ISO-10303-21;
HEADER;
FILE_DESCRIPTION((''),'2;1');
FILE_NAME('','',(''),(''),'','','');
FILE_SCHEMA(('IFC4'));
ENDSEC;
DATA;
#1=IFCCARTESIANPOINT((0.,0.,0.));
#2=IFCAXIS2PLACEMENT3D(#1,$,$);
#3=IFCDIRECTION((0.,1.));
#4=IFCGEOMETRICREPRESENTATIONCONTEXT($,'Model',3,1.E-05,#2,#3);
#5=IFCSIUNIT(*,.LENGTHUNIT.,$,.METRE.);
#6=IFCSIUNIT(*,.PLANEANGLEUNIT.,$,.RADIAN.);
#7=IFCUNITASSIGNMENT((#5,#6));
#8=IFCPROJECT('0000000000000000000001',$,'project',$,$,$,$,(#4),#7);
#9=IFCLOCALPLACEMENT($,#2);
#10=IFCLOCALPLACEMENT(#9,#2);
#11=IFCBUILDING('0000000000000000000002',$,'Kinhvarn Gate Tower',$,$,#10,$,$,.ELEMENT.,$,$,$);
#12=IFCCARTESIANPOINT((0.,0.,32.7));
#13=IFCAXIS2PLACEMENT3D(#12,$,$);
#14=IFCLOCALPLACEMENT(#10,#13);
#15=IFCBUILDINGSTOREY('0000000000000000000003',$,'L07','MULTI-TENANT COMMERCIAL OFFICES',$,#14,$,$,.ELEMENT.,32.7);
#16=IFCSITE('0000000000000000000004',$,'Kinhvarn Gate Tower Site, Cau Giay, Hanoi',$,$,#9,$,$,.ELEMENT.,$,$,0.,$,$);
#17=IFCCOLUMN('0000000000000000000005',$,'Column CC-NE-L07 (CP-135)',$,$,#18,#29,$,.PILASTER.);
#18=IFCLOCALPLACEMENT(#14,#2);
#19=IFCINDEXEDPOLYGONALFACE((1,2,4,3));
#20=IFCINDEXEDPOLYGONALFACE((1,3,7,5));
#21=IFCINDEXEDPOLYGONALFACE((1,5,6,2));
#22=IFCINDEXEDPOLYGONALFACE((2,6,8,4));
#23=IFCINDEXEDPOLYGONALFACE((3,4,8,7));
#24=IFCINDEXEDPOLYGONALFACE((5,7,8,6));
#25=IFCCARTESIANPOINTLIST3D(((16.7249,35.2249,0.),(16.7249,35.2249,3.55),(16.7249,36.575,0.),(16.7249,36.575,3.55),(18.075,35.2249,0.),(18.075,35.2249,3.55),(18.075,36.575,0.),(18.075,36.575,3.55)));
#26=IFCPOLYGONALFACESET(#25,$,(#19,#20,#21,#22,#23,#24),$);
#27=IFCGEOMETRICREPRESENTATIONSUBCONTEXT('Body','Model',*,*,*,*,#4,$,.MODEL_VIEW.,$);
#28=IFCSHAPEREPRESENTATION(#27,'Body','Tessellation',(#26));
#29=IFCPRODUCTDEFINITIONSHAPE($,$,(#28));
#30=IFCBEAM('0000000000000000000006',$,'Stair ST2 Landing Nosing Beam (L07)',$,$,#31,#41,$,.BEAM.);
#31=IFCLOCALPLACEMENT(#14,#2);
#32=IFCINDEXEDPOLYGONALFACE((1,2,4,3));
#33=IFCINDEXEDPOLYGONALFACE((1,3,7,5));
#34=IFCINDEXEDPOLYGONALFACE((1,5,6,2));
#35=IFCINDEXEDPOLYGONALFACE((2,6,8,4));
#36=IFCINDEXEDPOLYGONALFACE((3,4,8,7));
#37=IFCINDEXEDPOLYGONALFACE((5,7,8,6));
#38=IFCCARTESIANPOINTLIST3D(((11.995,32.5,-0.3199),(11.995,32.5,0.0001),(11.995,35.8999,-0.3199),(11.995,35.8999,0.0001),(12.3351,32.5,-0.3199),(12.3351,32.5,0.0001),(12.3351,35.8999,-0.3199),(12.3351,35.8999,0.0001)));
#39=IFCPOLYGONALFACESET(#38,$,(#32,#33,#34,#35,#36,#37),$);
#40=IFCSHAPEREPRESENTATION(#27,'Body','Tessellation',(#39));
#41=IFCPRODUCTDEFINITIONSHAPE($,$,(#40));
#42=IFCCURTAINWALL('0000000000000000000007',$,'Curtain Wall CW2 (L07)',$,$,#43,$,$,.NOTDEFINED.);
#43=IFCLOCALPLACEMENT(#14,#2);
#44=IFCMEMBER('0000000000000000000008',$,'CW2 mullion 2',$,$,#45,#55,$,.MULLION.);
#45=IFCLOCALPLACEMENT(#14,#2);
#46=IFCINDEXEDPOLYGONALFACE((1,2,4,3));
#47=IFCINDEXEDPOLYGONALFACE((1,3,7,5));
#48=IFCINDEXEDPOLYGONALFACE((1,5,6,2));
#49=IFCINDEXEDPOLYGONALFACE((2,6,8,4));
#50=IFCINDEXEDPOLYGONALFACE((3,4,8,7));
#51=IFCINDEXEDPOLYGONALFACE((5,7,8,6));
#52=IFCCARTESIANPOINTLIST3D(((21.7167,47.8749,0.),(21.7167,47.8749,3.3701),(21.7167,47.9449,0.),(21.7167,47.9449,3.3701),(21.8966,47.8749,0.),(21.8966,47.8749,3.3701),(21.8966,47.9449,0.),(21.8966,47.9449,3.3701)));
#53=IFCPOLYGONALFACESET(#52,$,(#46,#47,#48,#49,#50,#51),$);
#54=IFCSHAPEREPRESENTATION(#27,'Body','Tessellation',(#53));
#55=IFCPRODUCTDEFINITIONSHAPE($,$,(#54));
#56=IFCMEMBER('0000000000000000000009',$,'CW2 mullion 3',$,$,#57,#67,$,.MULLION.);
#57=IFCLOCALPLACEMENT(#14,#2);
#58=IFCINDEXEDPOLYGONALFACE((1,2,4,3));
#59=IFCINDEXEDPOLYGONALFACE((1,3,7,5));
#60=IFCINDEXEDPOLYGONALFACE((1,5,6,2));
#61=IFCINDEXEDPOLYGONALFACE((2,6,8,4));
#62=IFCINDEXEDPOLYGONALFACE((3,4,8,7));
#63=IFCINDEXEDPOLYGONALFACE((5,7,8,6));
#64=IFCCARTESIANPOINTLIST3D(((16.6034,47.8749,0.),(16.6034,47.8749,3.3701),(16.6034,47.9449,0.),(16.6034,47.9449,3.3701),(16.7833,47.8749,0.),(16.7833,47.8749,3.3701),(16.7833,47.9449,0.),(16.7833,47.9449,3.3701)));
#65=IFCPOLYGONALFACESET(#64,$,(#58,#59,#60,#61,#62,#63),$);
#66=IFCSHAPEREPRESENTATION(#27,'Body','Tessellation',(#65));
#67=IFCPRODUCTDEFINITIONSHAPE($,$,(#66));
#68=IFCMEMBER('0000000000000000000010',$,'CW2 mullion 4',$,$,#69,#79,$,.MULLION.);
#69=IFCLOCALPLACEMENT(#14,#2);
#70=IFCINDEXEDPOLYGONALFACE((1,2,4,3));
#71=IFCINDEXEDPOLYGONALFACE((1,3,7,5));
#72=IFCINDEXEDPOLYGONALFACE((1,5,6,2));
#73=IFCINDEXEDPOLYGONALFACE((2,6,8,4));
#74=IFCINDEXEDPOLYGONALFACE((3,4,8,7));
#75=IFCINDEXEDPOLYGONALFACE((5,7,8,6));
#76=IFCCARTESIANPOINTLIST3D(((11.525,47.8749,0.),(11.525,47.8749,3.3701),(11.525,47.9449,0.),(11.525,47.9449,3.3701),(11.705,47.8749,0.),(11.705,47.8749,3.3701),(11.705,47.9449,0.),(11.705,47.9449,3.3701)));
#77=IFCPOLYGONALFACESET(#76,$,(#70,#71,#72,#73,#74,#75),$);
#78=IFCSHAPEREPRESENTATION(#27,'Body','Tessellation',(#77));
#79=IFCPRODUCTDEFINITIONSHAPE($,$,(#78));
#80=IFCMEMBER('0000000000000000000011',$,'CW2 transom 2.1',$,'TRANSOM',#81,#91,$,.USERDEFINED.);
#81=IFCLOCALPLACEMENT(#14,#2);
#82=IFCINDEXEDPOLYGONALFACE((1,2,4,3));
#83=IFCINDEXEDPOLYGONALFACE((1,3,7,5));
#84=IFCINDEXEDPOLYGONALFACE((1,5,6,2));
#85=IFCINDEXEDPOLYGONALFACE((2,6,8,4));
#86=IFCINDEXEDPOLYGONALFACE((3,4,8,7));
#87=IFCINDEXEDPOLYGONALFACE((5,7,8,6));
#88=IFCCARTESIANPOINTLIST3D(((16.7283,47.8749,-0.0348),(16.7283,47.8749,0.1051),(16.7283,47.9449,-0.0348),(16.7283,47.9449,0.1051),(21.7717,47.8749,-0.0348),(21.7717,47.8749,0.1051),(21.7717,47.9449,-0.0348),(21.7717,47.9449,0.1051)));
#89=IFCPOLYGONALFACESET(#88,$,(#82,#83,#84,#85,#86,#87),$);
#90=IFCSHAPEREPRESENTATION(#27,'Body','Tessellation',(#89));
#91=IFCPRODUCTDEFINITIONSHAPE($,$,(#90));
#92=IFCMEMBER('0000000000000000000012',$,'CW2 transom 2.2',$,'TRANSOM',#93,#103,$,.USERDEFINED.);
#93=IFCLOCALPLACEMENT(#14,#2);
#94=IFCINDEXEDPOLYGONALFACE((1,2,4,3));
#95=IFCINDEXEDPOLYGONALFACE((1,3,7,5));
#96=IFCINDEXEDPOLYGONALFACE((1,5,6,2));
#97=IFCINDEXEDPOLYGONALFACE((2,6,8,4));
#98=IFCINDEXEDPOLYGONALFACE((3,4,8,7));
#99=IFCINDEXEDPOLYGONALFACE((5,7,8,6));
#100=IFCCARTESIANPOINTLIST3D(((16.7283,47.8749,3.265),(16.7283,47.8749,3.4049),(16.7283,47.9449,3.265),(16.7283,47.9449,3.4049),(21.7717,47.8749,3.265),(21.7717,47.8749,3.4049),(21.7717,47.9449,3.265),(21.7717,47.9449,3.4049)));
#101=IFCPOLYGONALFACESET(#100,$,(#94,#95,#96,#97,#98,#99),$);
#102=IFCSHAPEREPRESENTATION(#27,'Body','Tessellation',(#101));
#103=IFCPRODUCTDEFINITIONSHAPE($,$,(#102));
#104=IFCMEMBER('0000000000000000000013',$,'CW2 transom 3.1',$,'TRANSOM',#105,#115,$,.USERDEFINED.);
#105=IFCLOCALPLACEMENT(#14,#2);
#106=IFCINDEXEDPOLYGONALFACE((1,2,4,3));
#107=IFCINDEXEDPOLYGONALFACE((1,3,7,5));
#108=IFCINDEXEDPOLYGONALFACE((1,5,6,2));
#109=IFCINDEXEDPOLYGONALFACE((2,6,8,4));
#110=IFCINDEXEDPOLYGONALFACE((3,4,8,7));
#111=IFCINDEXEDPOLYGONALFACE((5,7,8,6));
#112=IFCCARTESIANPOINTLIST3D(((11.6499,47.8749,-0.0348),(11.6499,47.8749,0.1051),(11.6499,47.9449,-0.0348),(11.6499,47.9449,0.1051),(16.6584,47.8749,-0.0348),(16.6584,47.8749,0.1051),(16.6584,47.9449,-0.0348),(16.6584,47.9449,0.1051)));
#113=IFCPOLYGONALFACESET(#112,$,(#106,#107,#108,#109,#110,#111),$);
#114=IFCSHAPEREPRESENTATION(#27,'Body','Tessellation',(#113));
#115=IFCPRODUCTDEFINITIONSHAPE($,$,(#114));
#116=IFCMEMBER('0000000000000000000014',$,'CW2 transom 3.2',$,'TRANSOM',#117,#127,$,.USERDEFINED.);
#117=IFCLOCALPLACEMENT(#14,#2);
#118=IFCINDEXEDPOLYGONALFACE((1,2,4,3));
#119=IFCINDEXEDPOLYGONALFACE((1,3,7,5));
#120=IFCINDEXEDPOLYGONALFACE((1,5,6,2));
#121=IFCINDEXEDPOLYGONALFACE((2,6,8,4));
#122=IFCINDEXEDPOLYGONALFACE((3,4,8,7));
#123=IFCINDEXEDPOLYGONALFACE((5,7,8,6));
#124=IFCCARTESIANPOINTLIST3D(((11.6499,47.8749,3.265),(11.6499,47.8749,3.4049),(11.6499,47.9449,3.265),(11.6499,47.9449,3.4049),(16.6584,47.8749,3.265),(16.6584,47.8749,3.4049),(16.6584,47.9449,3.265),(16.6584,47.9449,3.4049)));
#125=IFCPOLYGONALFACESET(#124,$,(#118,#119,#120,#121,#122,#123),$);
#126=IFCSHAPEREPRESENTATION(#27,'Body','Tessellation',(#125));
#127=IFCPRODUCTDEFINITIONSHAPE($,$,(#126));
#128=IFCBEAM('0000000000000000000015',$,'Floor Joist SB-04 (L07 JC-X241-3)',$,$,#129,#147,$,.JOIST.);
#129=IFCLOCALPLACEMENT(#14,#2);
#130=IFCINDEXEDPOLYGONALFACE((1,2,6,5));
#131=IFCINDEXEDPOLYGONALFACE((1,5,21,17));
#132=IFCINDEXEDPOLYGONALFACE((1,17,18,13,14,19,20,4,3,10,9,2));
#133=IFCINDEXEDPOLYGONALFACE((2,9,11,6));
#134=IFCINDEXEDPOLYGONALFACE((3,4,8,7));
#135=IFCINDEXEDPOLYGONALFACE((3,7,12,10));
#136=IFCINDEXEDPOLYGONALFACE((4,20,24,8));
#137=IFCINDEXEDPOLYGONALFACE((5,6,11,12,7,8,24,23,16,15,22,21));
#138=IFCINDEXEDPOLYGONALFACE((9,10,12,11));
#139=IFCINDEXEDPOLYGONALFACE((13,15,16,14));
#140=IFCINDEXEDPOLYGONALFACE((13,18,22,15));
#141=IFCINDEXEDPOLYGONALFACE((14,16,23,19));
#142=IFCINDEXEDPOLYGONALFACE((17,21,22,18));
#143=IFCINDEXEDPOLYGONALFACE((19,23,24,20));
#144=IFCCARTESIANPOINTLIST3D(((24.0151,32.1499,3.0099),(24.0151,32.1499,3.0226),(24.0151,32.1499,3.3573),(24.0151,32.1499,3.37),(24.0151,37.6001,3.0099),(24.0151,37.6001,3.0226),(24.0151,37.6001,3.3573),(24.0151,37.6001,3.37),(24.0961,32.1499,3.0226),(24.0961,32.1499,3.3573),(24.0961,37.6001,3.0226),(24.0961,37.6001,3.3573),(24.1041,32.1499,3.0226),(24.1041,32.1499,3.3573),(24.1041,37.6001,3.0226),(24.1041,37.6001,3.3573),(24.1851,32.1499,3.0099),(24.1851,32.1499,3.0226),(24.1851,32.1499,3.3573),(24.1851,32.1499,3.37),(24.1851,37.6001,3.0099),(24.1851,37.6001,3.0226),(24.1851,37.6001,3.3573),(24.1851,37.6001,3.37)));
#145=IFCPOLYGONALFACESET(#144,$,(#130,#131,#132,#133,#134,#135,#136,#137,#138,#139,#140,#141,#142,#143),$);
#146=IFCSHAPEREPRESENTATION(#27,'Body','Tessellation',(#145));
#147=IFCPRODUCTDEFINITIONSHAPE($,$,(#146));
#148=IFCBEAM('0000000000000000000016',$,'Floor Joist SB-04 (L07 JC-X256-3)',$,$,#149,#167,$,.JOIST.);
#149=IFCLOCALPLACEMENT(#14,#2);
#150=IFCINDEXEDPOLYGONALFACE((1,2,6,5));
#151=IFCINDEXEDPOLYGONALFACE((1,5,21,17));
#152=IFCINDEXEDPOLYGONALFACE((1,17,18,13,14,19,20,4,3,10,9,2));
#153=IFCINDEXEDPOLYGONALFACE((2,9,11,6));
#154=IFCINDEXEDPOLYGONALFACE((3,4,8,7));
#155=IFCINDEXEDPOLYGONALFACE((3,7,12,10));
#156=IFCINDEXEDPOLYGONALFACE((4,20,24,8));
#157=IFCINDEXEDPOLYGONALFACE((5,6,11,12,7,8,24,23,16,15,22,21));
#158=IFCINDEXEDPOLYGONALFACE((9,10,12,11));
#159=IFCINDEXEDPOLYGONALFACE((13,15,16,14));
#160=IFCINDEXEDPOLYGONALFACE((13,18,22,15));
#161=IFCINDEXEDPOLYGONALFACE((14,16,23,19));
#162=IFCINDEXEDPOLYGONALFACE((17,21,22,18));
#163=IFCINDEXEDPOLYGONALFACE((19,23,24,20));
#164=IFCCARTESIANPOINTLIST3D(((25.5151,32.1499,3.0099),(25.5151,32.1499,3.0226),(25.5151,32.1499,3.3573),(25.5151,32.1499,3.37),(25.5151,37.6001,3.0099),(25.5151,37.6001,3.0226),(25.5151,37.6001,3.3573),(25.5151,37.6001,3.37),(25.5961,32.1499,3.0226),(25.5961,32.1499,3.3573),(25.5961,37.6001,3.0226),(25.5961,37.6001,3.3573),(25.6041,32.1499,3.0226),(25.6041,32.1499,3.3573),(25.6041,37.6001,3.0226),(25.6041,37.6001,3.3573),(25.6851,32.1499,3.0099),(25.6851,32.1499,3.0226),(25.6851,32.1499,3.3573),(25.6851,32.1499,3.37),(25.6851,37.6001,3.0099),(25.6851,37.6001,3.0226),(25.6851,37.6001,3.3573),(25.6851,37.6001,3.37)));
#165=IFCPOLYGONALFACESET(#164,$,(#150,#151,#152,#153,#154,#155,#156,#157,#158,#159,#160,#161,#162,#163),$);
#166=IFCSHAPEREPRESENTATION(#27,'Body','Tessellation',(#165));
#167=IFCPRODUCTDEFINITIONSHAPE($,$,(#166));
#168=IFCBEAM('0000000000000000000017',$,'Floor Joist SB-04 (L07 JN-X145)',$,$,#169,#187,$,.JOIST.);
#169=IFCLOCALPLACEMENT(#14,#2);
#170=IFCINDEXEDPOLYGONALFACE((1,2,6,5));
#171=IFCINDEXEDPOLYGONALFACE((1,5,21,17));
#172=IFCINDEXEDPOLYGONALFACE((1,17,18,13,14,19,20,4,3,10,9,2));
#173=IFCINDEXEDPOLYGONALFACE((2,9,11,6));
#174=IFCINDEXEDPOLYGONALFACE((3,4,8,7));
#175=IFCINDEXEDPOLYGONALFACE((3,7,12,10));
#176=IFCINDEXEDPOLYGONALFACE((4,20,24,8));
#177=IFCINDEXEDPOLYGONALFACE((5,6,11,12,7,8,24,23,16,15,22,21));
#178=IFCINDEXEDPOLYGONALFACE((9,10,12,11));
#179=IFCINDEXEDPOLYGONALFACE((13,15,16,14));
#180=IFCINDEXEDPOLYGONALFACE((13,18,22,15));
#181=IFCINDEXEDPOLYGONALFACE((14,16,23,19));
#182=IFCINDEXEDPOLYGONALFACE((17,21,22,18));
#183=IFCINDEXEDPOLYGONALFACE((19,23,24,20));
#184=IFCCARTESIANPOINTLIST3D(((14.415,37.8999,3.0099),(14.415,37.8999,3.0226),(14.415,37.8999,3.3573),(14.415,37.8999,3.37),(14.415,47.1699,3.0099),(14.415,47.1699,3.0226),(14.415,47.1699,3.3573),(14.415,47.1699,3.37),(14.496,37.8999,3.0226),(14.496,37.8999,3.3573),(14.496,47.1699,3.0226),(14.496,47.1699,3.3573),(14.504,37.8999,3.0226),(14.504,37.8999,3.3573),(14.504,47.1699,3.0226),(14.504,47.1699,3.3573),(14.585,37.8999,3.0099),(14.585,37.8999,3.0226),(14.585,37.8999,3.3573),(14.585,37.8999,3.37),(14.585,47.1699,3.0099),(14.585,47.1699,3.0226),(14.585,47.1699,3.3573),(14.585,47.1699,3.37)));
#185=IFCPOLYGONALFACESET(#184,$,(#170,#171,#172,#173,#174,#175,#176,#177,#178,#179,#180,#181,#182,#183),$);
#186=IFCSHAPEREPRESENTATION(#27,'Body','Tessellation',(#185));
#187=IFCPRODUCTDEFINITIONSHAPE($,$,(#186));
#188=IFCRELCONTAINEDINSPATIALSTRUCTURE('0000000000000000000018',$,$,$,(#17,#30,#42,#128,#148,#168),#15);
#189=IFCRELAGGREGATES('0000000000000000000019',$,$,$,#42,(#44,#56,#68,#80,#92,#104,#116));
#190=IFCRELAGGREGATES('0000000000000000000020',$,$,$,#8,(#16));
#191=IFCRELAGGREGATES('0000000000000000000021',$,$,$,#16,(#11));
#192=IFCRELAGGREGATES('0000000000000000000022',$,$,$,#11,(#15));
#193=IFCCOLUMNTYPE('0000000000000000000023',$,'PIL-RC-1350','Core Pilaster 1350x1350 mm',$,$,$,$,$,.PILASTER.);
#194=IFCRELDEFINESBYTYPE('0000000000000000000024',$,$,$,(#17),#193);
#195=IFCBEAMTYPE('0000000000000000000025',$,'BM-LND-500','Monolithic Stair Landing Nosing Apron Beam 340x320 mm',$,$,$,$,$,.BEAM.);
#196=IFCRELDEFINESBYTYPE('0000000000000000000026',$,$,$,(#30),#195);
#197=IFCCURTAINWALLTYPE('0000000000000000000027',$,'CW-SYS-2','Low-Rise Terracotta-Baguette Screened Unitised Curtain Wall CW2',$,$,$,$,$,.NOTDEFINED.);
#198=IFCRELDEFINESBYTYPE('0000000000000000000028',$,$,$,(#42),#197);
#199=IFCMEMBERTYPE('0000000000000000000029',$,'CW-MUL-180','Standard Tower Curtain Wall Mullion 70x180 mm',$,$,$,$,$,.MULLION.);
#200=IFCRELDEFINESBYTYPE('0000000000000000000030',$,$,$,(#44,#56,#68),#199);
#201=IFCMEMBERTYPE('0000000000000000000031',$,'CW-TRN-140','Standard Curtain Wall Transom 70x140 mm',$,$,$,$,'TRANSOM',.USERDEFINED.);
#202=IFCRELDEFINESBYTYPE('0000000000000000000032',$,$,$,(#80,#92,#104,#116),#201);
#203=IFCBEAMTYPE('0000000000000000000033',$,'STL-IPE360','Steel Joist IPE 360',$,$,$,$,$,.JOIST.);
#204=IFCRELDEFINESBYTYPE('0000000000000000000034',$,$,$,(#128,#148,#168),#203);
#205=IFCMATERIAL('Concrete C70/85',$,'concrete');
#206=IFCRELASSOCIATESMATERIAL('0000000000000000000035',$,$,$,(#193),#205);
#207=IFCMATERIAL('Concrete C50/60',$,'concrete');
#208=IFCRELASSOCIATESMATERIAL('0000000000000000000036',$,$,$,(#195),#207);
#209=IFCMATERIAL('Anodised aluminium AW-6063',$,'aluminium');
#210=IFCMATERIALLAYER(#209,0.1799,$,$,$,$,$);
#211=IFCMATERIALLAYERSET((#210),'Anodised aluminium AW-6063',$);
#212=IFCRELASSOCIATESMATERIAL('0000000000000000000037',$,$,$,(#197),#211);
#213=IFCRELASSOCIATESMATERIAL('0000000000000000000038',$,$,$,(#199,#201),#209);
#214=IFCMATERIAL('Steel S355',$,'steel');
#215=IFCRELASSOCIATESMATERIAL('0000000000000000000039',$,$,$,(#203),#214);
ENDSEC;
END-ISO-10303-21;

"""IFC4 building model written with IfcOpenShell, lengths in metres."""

from ifc_helpers import new_model, si_unit, direction, frame, origin, origin_2d, place, context, subcontext, project, spatial, rectangle, i_section, extrude, material, layer, layer_set, material_profile, profile_set, type_object, element, aggregate, save


model = new_model("IFC4")

# Units and contexts
model_context = context("Model", 3, precision=1e-05, world=origin(), true_north=direction((0.0, 1.0)))
body_context = subcontext(model_context, "Body", "Model", "MODEL_VIEW")
ifc_project = project(units=[si_unit("LENGTHUNIT", "METRE"), si_unit("PLANEANGLEUNIT", "RADIAN")], contexts=[model_context])

# Site, building, storey
site_placement = place(None, origin())
site = spatial("IfcSite", under=ifc_project, at=site_placement, Name="Kinhvarn Gate Tower Site, Cau Giay, Hanoi", CompositionType="ELEMENT", RefElevation=0.0)
building_placement = place(site_placement, origin())
building = spatial("IfcBuilding", under=site, at=building_placement, Name="Kinhvarn Gate Tower", CompositionType="ELEMENT")
storey_placement = place(building_placement, frame((0.0, 0.0, 32.7)))
storey = spatial("IfcBuildingStorey", under=building, at=storey_placement, Name="L07", Description="MULTI-TENANT COMMERCIAL OFFICES", CompositionType="ELEMENT", Elevation=32.7)

# Column
ifc_material_1 = material(Name="Concrete C70/85", Category="concrete")
ifc_material_profile_1 = material_profile(ifc_material_1, rectangle(XDim=1.3501, YDim=1.3501, at=origin_2d()), Name="RC 1350x1350")
ifc_profile_set_1 = profile_set([ifc_material_profile_1], Name="Concrete C70/85")
column_type = type_object("IfcColumnType", Name="PIL-RC-1350", Description="Core Pilaster 1350x1350 mm", PredefinedType="PILASTER", material=ifc_profile_set_1)
column_placement = place(storey_placement, frame((17.3999, 35.8999, 0.0), z_axis=(0.0, 0.0, 1.0), x_axis=(1.0, 0.0, 0.0)))
element("IfcColumn", 1, at=column_placement, inside=storey, type_object=column_type, Name="Column CC-NE-L07 (CP-135)", PredefinedType="PILASTER", context=body_context, shape_type="SweptSolid", body=[
    extrude(rectangle(XDim=1.3501, YDim=1.3501, at=origin_2d()), origin(), (0.0, 0.0, 1.0), 3.55),
])

# Beam
ifc_material_2 = material(Name="Concrete C50/60", Category="concrete")
ifc_material_profile_2 = material_profile(ifc_material_2, rectangle(XDim=0.3401, YDim=0.3201, at=origin_2d()), Name="RC 340x320")
ifc_profile_set_2 = profile_set([ifc_material_profile_2], Name="Concrete C50/60")
beam_type_1 = type_object("IfcBeamType", Name="BM-LND-500", Description="Monolithic Stair Landing Nosing Apron Beam 340x320 mm", PredefinedType="BEAM", material=ifc_profile_set_2)
beam_placement = place(storey_placement, frame((12.165, 32.5, -0.1599), z_axis=(0.0, 1.0, 0.0), x_axis=(-1.0, 0.0, 0.0)))
element("IfcBeam", 2, at=beam_placement, inside=storey, type_object=beam_type_1, Name="Stair ST2 Landing Nosing Beam (L07)", PredefinedType="BEAM", context=body_context, shape_type="SweptSolid", body=[
    extrude(rectangle(XDim=0.3401, YDim=0.3201, at=origin_2d()), origin(), (0.0, 0.0, 1.0), 3.3999),
])

# Curtain wall, members
ifc_material_3 = material(Name="Anodised aluminium AW-6063", Category="aluminium")
ifc_layer_1 = layer(ifc_material_3, 0.1799)
ifc_layer_set_1 = layer_set([ifc_layer_1], Name="Anodised aluminium AW-6063")
curtain_wall_type = type_object("IfcCurtainWallType", Name="CW-SYS-2", Description="Low-Rise Terracotta-Baguette Screened Unitised Curtain Wall CW2", PredefinedType="NOTDEFINED", material=ifc_layer_set_1)
curtain_wall_placement = place(storey_placement, origin())
curtain_wall = element("IfcCurtainWall", 3, at=curtain_wall_placement, inside=storey, type_object=curtain_wall_type, Name="Curtain Wall CW2 (L07)", PredefinedType="NOTDEFINED")
ifc_material_profile_3 = material_profile(ifc_material_3, rectangle(XDim=0.0701, YDim=0.1799, at=origin_2d()), Name="ALU 70x180")
ifc_profile_set_3 = profile_set([ifc_material_profile_3], Name="Anodised aluminium AW-6063")
member_type_1 = type_object("IfcMemberType", Name="CW-MUL-180", Description="Standard Tower Curtain Wall Mullion 70x180 mm", PredefinedType="MULLION", material=ifc_profile_set_3)
member_1_placement = place(storey_placement, frame((21.8066, 47.9099, 0.0), z_axis=(0.0, 0.0, 1.0), x_axis=(0.0, -1.0, 0.0)))
member_1 = element("IfcMember", 4, at=member_1_placement, type_object=member_type_1, Name="CW2 mullion 2", PredefinedType="MULLION", context=body_context, shape_type="SweptSolid", body=[
    extrude(rectangle(XDim=0.0701, YDim=0.1799, at=origin_2d()), origin(), (0.0, 0.0, 1.0), 3.3701),
])
member_2_placement = place(storey_placement, frame((16.6934, 47.9099, 0.0), z_axis=(0.0, 0.0, 1.0), x_axis=(0.0, -1.0, 0.0)))
member_2 = element("IfcMember", 5, at=member_2_placement, type_object=member_type_1, Name="CW2 mullion 3", PredefinedType="MULLION", context=body_context, shape_type="SweptSolid", body=[
    extrude(rectangle(XDim=0.0701, YDim=0.1799, at=origin_2d()), origin(), (0.0, 0.0, 1.0), 3.3701),
])
member_3_placement = place(storey_placement, frame((11.615, 47.9099, 0.0), z_axis=(0.0, 0.0, 1.0), x_axis=(0.0, -1.0, 0.0)))
member_3 = element("IfcMember", 6, at=member_3_placement, type_object=member_type_1, Name="CW2 mullion 4", PredefinedType="MULLION", context=body_context, shape_type="SweptSolid", body=[
    extrude(rectangle(XDim=0.0701, YDim=0.1799, at=origin_2d()), origin(), (0.0, 0.0, 1.0), 3.3701),
])
ifc_material_profile_4 = material_profile(ifc_material_3, rectangle(XDim=0.0701, YDim=0.1399, at=origin_2d()), Name="ALU 70x140")
ifc_profile_set_4 = profile_set([ifc_material_profile_4], Name="Anodised aluminium AW-6063")
member_type_2 = type_object("IfcMemberType", Name="CW-TRN-140", Description="Standard Curtain Wall Transom 70x140 mm", ElementType="TRANSOM", PredefinedType="USERDEFINED", material=ifc_profile_set_4)
member_4_placement = place(storey_placement, frame((21.7717, 47.9099, 0.0352), z_axis=(-1.0, 0.0, 0.0), x_axis=(0.0, -1.0, 0.0)))
member_4 = element("IfcMember", 7, at=member_4_placement, type_object=member_type_2, Name="CW2 transom 2.1", ObjectType="TRANSOM", PredefinedType="USERDEFINED", context=body_context, shape_type="SweptSolid", body=[
    extrude(rectangle(XDim=0.0701, YDim=0.1399, at=origin_2d()), origin(), (0.0, 0.0, 1.0), 5.0435),
])
member_5_placement = place(storey_placement, frame((21.7717, 47.9099, 3.335), z_axis=(-1.0, 0.0, 0.0), x_axis=(0.0, -1.0, 0.0)))
member_5 = element("IfcMember", 8, at=member_5_placement, type_object=member_type_2, Name="CW2 transom 2.2", ObjectType="TRANSOM", PredefinedType="USERDEFINED", context=body_context, shape_type="SweptSolid", body=[
    extrude(rectangle(XDim=0.0701, YDim=0.1399, at=origin_2d()), origin(), (0.0, 0.0, 1.0), 5.0435),
])
member_6_placement = place(storey_placement, frame((16.6584, 47.9099, 0.0352), z_axis=(-1.0, 0.0, 0.0), x_axis=(0.0, -1.0, 0.0)))
member_6 = element("IfcMember", 9, at=member_6_placement, type_object=member_type_2, Name="CW2 transom 3.1", ObjectType="TRANSOM", PredefinedType="USERDEFINED", context=body_context, shape_type="SweptSolid", body=[
    extrude(rectangle(XDim=0.0701, YDim=0.1399, at=origin_2d()), origin(), (0.0, 0.0, 1.0), 5.0085),
])
member_7_placement = place(storey_placement, frame((16.6584, 47.9099, 3.335), z_axis=(-1.0, 0.0, 0.0), x_axis=(0.0, -1.0, 0.0)))
member_7 = element("IfcMember", 10, at=member_7_placement, type_object=member_type_2, Name="CW2 transom 3.2", ObjectType="TRANSOM", PredefinedType="USERDEFINED", context=body_context, shape_type="SweptSolid", body=[
    extrude(rectangle(XDim=0.0701, YDim=0.1399, at=origin_2d()), origin(), (0.0, 0.0, 1.0), 5.0085),
])

# Beams
ifc_material_4 = material(Name="Steel S355", Category="steel")
ifc_material_profile_5 = material_profile(ifc_material_4, i_section(OverallWidth=0.1699, OverallDepth=0.3601, WebThickness=0.0081, FlangeThickness=0.0127, at=origin_2d()), Name="IPE 360")
ifc_profile_set_5 = profile_set([ifc_material_profile_5], Name="Steel S355")
beam_type_2 = type_object("IfcBeamType", Name="STL-IPE360", Description="Steel Joist IPE 360", PredefinedType="JOIST", material=ifc_profile_set_5)
for number, where, z_axis, x_axis, name in (
    (11, (24.1001, 32.1499, 3.1899), (0.0, 1.0, 0.0), (-1.0, 0.0, 0.0), "Floor Joist SB-04 (L07 JC-X241-3)"),
    (12, (25.6001, 32.1499, 3.1899), (0.0, 1.0, 0.0), (-1.0, 0.0, 0.0), "Floor Joist SB-04 (L07 JC-X256-3)"),
):
    element("IfcBeam", number, at=place(storey_placement, frame(where, z_axis=z_axis, x_axis=x_axis)), inside=storey, type_object=beam_type_2, Name=name, PredefinedType="JOIST", context=body_context, shape_type="SweptSolid", body=[
        extrude(i_section(OverallWidth=0.1699, OverallDepth=0.3601, WebThickness=0.0081, FlangeThickness=0.0127, at=origin_2d()), origin(), (0.0, 0.0, 1.0), 5.4502),
    ])
for number, where, z_axis, x_axis, name in (
    (13, (14.5, 37.8999, 3.1899), (0.0, 1.0, 0.0), (-1.0, 0.0, 0.0), "Floor Joist SB-04 (L07 JN-X145)"),
):
    element("IfcBeam", number, at=place(storey_placement, frame(where, z_axis=z_axis, x_axis=x_axis)), inside=storey, type_object=beam_type_2, Name=name, PredefinedType="JOIST", context=body_context, shape_type="SweptSolid", body=[
        extrude(i_section(OverallWidth=0.1699, OverallDepth=0.3601, WebThickness=0.0081, FlangeThickness=0.0127, at=origin_2d()), origin(), (0.0, 0.0, 1.0), 9.27),
    ])

aggregate(curtain_wall, [member_1, member_2, member_3, member_4, member_5, member_6, member_7])

save(model, "model.ifc")
